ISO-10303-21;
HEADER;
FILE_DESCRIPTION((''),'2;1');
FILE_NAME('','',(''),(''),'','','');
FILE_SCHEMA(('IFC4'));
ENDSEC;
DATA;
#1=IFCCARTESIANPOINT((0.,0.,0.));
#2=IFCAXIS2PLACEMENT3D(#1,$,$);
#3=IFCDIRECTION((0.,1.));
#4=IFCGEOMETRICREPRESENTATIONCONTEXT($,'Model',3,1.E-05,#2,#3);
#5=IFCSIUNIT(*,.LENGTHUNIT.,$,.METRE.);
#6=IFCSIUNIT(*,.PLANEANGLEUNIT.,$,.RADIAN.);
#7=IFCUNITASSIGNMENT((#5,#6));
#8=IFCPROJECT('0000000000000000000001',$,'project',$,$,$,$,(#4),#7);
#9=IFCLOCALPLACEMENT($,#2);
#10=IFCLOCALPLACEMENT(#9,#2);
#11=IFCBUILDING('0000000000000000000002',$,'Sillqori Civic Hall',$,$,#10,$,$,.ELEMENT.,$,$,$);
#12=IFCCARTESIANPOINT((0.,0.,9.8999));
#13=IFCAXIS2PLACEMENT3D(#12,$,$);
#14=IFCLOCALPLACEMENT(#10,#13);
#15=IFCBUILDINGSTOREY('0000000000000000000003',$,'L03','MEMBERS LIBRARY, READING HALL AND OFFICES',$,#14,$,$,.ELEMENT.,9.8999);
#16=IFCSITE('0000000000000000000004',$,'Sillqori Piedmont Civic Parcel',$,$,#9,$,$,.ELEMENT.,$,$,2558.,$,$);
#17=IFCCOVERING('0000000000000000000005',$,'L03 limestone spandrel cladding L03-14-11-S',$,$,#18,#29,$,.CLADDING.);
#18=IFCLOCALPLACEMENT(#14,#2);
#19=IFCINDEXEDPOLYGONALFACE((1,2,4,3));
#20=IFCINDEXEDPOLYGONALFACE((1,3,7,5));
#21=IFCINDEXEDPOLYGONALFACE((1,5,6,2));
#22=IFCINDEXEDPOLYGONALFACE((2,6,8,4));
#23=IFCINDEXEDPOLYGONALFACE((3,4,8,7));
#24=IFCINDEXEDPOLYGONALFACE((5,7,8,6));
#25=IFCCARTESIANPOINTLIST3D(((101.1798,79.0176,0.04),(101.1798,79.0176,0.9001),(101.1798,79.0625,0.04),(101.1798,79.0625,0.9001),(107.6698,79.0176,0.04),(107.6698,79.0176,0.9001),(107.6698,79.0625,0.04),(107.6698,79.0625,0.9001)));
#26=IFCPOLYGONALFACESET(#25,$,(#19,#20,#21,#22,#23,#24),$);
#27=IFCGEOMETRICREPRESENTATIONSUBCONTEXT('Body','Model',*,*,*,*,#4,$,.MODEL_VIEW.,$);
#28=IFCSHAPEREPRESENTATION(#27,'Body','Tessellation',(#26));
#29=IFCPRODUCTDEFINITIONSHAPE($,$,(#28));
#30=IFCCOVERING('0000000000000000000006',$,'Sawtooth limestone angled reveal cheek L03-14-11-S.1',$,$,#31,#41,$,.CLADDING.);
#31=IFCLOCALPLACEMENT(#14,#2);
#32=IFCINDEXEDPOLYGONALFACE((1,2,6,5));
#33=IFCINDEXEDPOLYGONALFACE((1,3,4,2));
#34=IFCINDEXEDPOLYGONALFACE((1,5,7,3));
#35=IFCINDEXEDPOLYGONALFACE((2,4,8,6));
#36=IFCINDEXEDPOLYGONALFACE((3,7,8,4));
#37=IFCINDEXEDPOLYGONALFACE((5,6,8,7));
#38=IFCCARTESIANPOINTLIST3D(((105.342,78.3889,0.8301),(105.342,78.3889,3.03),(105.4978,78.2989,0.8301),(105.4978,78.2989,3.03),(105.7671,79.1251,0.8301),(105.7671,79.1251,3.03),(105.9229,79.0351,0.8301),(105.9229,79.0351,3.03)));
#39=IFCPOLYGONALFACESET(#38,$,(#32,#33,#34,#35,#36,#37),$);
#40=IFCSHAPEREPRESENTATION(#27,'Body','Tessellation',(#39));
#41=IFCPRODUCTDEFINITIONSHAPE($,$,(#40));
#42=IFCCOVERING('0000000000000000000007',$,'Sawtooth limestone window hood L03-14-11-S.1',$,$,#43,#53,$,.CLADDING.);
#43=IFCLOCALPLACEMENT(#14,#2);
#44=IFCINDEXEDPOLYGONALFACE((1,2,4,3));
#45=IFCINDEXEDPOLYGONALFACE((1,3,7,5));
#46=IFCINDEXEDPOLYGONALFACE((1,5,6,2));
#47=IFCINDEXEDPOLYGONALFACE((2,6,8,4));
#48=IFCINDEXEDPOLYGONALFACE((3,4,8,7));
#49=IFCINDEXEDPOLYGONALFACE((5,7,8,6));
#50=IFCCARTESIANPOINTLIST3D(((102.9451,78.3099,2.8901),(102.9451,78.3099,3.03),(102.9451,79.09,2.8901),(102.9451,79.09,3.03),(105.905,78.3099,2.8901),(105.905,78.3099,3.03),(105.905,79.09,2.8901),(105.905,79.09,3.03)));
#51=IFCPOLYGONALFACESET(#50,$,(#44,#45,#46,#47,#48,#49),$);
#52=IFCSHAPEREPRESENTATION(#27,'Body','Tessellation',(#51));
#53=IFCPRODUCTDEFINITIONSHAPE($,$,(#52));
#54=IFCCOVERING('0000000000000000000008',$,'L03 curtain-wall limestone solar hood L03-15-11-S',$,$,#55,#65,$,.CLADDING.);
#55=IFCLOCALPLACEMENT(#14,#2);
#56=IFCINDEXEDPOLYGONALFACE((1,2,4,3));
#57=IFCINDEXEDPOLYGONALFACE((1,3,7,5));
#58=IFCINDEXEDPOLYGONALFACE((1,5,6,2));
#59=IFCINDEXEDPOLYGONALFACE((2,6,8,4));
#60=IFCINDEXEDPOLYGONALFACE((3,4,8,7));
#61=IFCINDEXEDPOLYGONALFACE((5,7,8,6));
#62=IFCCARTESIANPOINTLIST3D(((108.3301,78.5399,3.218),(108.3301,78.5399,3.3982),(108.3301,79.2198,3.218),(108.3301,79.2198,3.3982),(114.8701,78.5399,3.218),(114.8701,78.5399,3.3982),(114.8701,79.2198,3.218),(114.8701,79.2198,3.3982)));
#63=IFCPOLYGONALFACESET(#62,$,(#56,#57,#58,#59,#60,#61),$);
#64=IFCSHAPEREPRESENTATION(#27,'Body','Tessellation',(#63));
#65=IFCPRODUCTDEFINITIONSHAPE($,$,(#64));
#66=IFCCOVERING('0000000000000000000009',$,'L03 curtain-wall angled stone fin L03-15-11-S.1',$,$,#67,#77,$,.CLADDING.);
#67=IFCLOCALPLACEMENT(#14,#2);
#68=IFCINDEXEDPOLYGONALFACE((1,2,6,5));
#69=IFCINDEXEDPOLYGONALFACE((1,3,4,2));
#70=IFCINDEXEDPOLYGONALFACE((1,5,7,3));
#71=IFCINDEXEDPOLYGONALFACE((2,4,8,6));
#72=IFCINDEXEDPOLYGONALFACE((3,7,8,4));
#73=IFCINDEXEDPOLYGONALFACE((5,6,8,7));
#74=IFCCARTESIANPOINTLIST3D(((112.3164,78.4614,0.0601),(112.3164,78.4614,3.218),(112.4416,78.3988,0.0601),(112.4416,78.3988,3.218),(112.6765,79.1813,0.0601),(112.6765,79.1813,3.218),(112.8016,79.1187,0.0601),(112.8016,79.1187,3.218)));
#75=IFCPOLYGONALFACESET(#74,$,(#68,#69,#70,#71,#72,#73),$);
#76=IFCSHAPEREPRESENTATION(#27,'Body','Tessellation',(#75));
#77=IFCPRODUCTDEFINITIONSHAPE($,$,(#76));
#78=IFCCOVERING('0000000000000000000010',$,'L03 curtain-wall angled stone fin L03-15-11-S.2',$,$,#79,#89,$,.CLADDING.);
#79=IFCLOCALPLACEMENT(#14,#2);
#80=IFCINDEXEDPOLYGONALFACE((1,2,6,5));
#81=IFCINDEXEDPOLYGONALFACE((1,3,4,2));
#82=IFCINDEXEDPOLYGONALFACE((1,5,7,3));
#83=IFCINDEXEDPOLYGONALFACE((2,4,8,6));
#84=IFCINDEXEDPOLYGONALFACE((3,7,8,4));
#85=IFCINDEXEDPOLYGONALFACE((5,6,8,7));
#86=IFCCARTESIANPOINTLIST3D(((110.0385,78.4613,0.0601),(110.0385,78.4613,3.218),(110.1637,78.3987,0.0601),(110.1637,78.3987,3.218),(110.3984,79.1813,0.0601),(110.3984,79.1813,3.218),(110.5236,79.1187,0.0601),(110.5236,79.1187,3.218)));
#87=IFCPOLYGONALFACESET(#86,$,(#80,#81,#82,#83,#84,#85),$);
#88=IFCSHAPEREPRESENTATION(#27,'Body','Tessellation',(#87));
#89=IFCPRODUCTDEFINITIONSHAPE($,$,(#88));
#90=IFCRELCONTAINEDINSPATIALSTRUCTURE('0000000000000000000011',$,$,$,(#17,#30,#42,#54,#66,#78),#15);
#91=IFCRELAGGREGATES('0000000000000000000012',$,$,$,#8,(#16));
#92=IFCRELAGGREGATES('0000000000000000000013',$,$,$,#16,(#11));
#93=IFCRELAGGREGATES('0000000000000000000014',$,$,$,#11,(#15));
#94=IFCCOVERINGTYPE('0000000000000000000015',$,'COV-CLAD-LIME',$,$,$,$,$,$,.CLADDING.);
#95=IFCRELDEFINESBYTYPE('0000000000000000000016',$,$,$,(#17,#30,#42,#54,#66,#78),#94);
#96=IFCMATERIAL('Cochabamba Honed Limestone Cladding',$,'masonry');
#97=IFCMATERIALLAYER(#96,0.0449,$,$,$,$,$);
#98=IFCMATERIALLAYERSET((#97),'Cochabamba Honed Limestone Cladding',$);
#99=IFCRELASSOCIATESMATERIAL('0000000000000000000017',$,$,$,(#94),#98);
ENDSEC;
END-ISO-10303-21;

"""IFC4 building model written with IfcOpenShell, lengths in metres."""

from ifc_helpers import new_model, si_unit, direction, frame, frame_2d, origin, place, context, subcontext, project, spatial, rectangle, extrude, material, layer, layer_set, type_object, element, save


model = new_model("IFC4")

# Units and contexts
model_context = context("Model", 3, precision=1e-05, world=origin(), true_north=direction((0.0, 1.0)))
body_context = subcontext(model_context, "Body", "Model", "MODEL_VIEW")
ifc_project = project(units=[si_unit("LENGTHUNIT", "METRE"), si_unit("PLANEANGLEUNIT", "RADIAN")], contexts=[model_context])

# Site, building, storey
site_placement = place(None, origin())
site = spatial("IfcSite", under=ifc_project, at=site_placement, Name="Sillqori Piedmont Civic Parcel", CompositionType="ELEMENT", RefElevation=2558.0)
building_placement = place(site_placement, origin())
building = spatial("IfcBuilding", under=site, at=building_placement, Name="Sillqori Civic Hall", CompositionType="ELEMENT")
storey_placement = place(building_placement, frame((0.0, 0.0, 9.8999)))
storey = spatial("IfcBuildingStorey", under=building, at=storey_placement, Name="L03", Description="MEMBERS LIBRARY, READING HALL AND OFFICES", CompositionType="ELEMENT", Elevation=9.8999)

# Coverings
ifc_material_1 = material(Name="Cochabamba Honed Limestone Cladding", Category="masonry")
ifc_layer_1 = layer(ifc_material_1, 0.0449)
ifc_layer_set_1 = layer_set([ifc_layer_1], Name="Cochabamba Honed Limestone Cladding")
covering_type = type_object("IfcCoveringType", Name="COV-CLAD-LIME", PredefinedType="CLADDING", material=ifc_layer_set_1)
covering_1_placement = place(storey_placement, frame((107.6699, 79.04, 0.04), z_axis=(0.0, 0.0, 1.0), x_axis=(-1.0, 0.0, 0.0)))
element("IfcCovering", 1, at=covering_1_placement, inside=storey, type_object=covering_type, Name="L03 limestone spandrel cladding L03-14-11-S", PredefinedType="CLADDING", context=body_context, shape_type="SweptSolid", body=[
    extrude(rectangle(XDim=6.49, YDim=0.0449, at=frame_2d((3.2451, 0.0))), origin(), (0.0, 0.0, 1.0), 0.8601),
])
covering_2_placement = place(storey_placement, frame((105.845, 79.0801, 0.8301), z_axis=(0.0, 0.0, 1.0), x_axis=(-0.500062, -0.865989, 0.0)))
element("IfcCovering", 2, at=covering_2_placement, inside=storey, type_object=covering_type, Name="Sawtooth limestone angled reveal cheek L03-14-11-S.1", PredefinedType="CLADDING", context=body_context, shape_type="SweptSolid", body=[
    extrude(rectangle(XDim=0.8501, YDim=0.1799, at=frame_2d((0.425, 0.0))), origin(), (0.0, 0.0, 1.0), 2.2),
])
covering_3_placement = place(storey_placement, frame((105.905, 78.7, 2.8901), z_axis=(0.0, 0.0, 1.0), x_axis=(-1.0, 0.0, 0.0)))
element("IfcCovering", 3, at=covering_3_placement, inside=storey, type_object=covering_type, Name="Sawtooth limestone window hood L03-14-11-S.1", PredefinedType="CLADDING", context=body_context, shape_type="SweptSolid", body=[
    extrude(rectangle(XDim=2.96, YDim=0.78, at=frame_2d((1.48, 0.0))), origin(), (0.0, 0.0, 1.0), 0.1399),
])
covering_4_placement = place(storey_placement, frame((114.8701, 78.8799, 3.218), z_axis=(0.0, 0.0, 1.0), x_axis=(-1.0, 0.0, 0.0)))
element("IfcCovering", 4, at=covering_4_placement, inside=storey, type_object=covering_type, Name="L03 curtain-wall limestone solar hood L03-15-11-S", PredefinedType="CLADDING", context=body_context, shape_type="SweptSolid", body=[
    extrude(rectangle(XDim=6.54, YDim=0.6799, at=frame_2d((3.27, 0.0))), origin(), (0.0, 0.0, 1.0), 0.1802),
])
for number, where, z_axis, x_axis, name in (
    (5, (112.739, 79.1499, 0.0601), (0.0, 0.0, 1.0), (-0.447335, -0.894367, 0.0), "L03 curtain-wall angled stone fin L03-15-11-S.1"),
    (6, (110.4609, 79.1499, 0.0601), (0.0, 0.0, 1.0), (-0.447092, -0.894488, 0.0), "L03 curtain-wall angled stone fin L03-15-11-S.2"),
):
    element("IfcCovering", number, at=place(storey_placement, frame(where, z_axis=z_axis, x_axis=x_axis)), inside=storey, type_object=covering_type, Name=name, PredefinedType="CLADDING", context=body_context, shape_type="SweptSolid", body=[
        extrude(rectangle(XDim=0.8049, YDim=0.1399, at=frame_2d((0.4023, 0.0))), origin(), (0.0, 0.0, 1.0), 3.158),
    ])

save(model, "model.ifc")
